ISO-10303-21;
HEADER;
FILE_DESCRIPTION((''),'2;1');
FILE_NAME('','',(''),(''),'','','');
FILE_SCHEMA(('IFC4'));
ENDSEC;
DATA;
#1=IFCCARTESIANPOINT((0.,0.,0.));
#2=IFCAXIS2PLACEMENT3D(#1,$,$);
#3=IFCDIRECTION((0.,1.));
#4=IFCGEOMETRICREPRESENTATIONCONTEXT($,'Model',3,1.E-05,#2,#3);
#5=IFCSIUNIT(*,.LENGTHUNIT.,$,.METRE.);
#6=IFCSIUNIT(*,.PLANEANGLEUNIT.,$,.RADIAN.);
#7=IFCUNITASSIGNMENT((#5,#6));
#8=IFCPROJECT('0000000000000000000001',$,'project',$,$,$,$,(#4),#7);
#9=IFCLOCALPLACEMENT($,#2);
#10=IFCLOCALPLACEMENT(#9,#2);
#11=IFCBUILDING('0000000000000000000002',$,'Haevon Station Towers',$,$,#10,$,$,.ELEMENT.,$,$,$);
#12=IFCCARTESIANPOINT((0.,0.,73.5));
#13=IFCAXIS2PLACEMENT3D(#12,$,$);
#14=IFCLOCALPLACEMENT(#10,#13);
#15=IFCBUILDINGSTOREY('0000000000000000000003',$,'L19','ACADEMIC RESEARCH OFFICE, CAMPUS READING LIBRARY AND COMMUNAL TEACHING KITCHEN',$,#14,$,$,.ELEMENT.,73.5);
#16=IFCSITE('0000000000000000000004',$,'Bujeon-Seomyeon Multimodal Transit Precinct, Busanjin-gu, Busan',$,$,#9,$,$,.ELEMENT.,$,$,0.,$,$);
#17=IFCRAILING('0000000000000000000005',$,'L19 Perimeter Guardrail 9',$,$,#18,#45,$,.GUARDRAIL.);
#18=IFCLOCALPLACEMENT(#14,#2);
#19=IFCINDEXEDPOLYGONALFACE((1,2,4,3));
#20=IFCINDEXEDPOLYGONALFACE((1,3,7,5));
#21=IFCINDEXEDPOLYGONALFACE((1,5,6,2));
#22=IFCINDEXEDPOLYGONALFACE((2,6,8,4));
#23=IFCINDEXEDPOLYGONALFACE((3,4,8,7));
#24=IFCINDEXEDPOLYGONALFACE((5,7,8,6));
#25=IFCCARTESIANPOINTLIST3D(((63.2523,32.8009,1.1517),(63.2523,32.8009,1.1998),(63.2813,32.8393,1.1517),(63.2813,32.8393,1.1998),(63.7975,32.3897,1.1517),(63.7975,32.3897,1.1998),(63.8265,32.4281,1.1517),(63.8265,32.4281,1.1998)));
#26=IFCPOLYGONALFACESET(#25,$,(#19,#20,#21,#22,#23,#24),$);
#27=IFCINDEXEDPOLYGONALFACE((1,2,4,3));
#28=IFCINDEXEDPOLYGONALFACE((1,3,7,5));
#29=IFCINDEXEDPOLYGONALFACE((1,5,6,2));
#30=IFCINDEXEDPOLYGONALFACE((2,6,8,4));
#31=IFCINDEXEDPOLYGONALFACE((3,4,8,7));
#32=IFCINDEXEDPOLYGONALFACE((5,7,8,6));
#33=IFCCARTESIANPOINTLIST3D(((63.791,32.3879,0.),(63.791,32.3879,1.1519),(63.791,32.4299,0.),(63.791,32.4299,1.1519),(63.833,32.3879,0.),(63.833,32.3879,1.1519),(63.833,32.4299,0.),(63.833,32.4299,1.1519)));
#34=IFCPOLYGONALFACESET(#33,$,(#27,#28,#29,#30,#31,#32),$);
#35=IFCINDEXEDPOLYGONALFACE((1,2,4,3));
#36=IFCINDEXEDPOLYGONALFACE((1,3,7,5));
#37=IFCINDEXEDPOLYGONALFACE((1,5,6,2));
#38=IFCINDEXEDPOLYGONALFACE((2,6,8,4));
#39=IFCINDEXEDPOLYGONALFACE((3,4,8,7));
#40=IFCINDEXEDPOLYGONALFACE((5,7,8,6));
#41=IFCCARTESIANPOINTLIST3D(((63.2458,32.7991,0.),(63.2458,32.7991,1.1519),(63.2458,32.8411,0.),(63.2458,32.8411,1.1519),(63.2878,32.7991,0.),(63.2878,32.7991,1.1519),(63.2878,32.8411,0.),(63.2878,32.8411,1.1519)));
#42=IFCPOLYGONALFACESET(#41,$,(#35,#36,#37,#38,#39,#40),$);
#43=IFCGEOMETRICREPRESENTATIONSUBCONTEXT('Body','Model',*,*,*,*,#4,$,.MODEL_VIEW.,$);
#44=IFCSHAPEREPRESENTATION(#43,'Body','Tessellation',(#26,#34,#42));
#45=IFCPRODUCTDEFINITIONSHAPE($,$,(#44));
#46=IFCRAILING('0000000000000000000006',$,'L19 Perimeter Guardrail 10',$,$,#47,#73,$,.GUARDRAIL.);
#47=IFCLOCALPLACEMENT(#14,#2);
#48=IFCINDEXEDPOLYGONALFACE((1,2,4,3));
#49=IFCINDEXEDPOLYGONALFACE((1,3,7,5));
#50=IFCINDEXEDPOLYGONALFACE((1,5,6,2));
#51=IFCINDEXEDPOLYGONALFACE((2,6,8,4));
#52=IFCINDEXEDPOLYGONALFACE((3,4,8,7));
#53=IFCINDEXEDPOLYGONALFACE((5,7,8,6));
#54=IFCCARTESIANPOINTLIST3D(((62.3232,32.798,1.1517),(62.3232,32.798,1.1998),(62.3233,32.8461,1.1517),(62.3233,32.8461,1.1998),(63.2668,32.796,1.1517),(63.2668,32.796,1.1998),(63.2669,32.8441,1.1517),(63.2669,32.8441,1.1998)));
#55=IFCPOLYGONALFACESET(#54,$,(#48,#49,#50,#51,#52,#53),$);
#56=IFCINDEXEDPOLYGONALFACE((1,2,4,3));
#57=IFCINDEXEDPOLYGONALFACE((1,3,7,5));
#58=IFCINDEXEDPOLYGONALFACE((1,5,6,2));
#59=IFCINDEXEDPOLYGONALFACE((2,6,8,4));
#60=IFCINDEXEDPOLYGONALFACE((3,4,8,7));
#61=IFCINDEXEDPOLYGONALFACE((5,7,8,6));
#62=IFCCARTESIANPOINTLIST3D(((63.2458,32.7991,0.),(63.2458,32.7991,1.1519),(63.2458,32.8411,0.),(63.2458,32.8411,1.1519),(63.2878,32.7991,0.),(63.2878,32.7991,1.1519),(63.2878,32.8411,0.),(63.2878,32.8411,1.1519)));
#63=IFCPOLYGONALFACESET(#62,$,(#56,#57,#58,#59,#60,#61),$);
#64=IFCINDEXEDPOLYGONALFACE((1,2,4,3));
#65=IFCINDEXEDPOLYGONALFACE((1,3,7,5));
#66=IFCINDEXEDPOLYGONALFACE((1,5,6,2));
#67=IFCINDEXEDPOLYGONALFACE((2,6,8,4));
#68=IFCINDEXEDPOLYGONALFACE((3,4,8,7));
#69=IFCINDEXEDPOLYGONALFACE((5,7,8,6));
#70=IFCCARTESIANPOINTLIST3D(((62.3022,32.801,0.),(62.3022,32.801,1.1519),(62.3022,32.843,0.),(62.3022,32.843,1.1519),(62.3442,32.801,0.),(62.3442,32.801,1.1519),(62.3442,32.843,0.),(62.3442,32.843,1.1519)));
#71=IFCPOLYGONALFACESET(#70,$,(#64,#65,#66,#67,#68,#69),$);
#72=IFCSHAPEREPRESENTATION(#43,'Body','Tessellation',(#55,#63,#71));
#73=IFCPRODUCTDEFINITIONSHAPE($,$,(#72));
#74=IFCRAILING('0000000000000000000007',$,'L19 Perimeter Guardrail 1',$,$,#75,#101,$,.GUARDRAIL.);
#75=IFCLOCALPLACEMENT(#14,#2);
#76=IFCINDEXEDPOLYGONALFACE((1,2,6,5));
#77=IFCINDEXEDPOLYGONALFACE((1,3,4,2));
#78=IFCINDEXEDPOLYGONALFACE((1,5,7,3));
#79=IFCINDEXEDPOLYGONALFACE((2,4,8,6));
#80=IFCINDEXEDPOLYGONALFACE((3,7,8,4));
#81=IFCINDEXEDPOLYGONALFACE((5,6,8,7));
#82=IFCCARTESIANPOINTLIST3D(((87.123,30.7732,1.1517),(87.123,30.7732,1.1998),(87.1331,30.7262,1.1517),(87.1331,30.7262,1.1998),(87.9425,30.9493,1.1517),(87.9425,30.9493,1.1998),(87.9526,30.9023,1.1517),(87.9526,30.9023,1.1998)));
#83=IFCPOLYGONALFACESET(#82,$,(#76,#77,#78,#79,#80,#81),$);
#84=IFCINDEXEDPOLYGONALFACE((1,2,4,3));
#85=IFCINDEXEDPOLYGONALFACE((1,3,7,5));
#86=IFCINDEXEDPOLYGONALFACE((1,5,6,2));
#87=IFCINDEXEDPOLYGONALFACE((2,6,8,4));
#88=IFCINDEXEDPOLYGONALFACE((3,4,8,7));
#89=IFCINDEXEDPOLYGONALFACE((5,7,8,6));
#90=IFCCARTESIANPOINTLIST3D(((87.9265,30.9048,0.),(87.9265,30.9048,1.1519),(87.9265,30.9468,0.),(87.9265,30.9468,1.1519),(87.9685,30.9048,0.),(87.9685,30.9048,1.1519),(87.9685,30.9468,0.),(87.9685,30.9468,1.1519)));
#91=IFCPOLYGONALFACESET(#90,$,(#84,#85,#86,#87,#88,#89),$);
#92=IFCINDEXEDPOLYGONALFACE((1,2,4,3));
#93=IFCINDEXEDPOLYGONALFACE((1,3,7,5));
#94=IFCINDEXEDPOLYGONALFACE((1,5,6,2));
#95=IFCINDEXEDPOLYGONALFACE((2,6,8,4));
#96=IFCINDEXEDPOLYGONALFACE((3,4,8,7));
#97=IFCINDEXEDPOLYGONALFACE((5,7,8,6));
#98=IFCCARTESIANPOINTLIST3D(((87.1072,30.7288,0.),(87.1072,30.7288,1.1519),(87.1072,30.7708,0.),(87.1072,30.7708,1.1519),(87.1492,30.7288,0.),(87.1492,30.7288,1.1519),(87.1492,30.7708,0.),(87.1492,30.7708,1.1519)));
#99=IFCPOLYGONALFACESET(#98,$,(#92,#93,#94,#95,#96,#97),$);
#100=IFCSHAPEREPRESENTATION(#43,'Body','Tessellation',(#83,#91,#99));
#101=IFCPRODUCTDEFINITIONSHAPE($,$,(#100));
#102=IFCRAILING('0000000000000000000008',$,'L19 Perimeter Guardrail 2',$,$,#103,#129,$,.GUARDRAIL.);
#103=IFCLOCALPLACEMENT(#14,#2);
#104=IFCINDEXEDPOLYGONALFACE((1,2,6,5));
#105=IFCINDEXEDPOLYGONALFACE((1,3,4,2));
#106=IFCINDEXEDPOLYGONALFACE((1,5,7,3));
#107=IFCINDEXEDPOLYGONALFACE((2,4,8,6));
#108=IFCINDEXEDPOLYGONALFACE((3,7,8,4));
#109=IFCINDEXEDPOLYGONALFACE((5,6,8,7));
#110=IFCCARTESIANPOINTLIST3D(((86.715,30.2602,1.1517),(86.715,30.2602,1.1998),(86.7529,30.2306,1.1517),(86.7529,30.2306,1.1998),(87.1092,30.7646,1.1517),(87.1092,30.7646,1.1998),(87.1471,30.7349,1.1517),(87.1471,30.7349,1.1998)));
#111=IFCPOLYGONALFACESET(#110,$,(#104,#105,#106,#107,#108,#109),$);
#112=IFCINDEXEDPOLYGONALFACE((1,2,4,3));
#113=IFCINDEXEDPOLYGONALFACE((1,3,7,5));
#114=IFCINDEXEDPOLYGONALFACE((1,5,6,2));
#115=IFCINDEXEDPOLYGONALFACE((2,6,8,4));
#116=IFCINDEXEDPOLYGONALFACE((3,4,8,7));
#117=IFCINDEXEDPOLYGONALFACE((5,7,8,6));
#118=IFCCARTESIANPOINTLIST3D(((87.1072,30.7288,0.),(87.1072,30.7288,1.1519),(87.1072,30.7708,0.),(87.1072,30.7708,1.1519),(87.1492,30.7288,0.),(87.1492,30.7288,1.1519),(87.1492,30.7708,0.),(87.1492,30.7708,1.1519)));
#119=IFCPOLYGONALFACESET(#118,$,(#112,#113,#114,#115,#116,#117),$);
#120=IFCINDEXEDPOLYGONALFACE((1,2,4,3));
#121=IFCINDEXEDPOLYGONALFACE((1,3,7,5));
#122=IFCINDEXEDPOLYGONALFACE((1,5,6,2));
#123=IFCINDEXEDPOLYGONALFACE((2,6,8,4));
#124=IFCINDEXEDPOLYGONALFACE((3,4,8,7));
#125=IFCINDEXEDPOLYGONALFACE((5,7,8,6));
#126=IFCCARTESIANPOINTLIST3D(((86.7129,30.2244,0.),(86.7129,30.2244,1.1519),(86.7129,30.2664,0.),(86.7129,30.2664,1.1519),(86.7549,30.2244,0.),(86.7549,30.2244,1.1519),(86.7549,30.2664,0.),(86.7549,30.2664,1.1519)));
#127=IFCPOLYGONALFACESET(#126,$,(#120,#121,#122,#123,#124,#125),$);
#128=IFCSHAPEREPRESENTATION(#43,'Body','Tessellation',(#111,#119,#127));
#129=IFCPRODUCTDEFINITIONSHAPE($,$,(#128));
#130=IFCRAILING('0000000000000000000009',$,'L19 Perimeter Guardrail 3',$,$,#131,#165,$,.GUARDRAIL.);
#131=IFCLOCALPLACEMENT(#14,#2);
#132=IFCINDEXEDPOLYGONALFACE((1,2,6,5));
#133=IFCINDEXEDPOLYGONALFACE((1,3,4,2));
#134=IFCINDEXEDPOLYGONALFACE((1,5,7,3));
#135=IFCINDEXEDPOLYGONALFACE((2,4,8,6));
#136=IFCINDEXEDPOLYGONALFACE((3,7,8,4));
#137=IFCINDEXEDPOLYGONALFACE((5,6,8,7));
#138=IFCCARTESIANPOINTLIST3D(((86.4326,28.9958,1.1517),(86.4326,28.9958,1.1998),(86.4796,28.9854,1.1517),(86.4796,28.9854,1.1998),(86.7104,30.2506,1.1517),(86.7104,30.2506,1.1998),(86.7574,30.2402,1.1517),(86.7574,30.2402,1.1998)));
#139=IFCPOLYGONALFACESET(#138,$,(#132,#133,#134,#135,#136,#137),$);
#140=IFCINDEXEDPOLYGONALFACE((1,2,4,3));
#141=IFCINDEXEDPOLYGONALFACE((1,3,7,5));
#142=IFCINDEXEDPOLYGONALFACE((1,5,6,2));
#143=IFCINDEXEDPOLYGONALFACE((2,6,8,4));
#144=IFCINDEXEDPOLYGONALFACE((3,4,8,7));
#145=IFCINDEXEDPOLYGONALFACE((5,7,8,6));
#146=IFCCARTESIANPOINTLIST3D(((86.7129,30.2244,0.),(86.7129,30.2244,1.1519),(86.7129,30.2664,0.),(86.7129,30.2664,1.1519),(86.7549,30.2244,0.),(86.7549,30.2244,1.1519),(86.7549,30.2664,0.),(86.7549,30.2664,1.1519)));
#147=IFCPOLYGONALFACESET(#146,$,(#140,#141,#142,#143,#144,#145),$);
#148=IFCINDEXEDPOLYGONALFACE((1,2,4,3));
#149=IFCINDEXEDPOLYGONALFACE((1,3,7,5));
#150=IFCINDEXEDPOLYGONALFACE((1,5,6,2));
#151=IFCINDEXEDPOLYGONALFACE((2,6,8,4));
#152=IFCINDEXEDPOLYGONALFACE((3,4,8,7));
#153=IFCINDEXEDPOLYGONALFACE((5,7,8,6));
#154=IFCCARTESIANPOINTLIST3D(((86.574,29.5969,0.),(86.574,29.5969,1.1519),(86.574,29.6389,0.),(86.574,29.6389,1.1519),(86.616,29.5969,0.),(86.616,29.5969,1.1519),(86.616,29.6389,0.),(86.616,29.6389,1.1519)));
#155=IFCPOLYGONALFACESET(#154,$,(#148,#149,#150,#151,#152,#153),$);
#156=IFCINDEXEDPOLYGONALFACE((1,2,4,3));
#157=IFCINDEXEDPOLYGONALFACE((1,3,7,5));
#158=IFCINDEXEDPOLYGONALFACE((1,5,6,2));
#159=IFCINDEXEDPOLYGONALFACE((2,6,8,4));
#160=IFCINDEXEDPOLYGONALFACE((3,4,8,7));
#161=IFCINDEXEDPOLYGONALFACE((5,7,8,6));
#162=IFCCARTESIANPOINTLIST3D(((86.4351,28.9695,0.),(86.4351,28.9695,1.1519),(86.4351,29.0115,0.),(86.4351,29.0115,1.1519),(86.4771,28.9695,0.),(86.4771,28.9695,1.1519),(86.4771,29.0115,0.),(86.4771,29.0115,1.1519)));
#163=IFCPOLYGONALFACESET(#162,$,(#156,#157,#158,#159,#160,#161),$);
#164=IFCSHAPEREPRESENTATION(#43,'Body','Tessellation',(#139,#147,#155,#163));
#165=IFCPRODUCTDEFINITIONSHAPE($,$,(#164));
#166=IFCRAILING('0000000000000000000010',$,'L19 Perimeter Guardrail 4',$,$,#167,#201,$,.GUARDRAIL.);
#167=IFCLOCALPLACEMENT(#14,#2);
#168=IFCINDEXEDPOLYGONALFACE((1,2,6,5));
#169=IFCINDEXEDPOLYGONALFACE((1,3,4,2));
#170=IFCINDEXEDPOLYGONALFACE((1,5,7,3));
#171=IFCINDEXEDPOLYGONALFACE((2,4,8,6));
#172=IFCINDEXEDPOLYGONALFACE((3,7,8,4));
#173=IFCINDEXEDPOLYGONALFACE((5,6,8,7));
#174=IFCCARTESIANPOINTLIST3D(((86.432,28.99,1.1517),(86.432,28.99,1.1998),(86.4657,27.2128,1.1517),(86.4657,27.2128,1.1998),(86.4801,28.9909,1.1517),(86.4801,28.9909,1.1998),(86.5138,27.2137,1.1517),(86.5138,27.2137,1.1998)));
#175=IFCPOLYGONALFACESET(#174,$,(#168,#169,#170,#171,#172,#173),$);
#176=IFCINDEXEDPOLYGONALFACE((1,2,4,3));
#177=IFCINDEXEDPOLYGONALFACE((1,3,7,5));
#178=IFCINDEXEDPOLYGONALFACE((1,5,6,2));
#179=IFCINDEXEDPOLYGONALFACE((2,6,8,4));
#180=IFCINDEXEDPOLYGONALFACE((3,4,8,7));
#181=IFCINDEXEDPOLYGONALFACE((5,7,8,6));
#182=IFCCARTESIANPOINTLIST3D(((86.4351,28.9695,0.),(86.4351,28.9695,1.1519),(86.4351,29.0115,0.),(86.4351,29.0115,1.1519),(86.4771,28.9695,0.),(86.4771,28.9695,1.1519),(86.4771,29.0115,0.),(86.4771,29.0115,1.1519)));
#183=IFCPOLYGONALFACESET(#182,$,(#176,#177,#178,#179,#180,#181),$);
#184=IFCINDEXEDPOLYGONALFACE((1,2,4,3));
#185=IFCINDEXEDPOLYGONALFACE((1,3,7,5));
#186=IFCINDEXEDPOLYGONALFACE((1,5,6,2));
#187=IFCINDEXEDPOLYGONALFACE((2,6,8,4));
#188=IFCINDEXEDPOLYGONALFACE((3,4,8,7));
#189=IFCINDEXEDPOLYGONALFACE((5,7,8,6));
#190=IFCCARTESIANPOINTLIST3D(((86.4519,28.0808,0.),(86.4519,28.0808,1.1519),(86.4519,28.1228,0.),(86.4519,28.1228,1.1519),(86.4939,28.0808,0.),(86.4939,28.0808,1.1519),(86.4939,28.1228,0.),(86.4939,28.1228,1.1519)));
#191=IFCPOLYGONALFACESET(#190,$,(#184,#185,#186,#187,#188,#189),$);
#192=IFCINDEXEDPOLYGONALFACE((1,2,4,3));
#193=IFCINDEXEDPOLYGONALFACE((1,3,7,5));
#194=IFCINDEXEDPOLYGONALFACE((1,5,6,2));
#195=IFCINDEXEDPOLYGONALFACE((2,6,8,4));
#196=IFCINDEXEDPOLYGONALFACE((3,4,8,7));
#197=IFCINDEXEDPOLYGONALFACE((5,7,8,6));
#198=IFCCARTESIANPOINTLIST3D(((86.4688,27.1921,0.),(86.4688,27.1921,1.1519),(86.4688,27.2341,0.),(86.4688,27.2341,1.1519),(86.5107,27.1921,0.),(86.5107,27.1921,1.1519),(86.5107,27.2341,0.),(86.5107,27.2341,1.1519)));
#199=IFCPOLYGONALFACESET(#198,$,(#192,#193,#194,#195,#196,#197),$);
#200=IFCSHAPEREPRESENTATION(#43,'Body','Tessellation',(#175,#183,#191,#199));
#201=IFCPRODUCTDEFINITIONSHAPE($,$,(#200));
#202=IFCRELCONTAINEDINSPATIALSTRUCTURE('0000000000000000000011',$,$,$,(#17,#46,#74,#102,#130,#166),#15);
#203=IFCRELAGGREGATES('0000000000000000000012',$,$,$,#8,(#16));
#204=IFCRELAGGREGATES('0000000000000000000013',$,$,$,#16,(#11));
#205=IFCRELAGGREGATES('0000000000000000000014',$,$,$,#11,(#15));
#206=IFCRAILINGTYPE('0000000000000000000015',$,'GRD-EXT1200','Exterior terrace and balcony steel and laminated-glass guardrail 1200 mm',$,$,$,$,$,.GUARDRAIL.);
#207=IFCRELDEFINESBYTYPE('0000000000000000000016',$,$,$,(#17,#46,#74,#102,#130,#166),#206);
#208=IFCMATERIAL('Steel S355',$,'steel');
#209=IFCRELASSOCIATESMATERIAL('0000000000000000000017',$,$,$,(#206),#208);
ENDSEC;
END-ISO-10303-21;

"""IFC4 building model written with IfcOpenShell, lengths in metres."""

from ifc_helpers import new_model, si_unit, direction, frame, origin, origin_2d, place, context, subcontext, project, spatial, rectangle, extrude, material, type_object, element, save


model = new_model("IFC4")

# Units and contexts
model_context = context("Model", 3, precision=1e-05, world=origin(), true_north=direction((0.0, 1.0)))
body_context = subcontext(model_context, "Body", "Model", "MODEL_VIEW")
ifc_project = project(units=[si_unit("LENGTHUNIT", "METRE"), si_unit("PLANEANGLEUNIT", "RADIAN")], contexts=[model_context])

# Site, building, storey
site_placement = place(None, origin())
site = spatial("IfcSite", under=ifc_project, at=site_placement, Name="Bujeon-Seomyeon Multimodal Transit Precinct, Busanjin-gu, Busan", CompositionType="ELEMENT", RefElevation=0.0)
building_placement = place(site_placement, origin())
building = spatial("IfcBuilding", under=site, at=building_placement, Name="Haevon Station Towers", CompositionType="ELEMENT")
storey_placement = place(building_placement, frame((0.0, 0.0, 73.5)))
storey = spatial("IfcBuildingStorey", under=building, at=storey_placement, Name="L19", Description="ACADEMIC RESEARCH OFFICE, CAMPUS READING LIBRARY AND COMMUNAL TEACHING KITCHEN", CompositionType="ELEMENT", Elevation=73.5)

# Shared definitions
ifc_material_1 = material(Name="Steel S355", Category="steel")

# Railings
railing_type = type_object("IfcRailingType", Name="GRD-EXT1200", Description="Exterior terrace and balcony steel and laminated-glass guardrail 1200 mm", PredefinedType="GUARDRAIL", material=ifc_material_1)
railing_1_placement = place(storey_placement, frame((63.812, 32.4089, 0.0)))
element("IfcRailing", 1, at=railing_1_placement, inside=storey, type_object=railing_type, Name="L19 Perimeter Guardrail 9", PredefinedType="GUARDRAIL", context=body_context, shape_type="SweptSolid", body=[
    extrude(rectangle(XDim=0.0481, YDim=0.0481, at=origin_2d()), frame((0.0, 0.0, 1.1758), z_axis=(-0.79841, 0.602115, 0.0), x_axis=(-0.602115, -0.79841, 0.0)), (0.0, 0.0, 1.0), 0.6829),
    extrude(rectangle(XDim=0.042, YDim=0.042, at=origin_2d()), origin(), (0.0, 0.0, 1.0), 1.1519),
    extrude(rectangle(XDim=0.042, YDim=0.042, at=origin_2d()), frame((-0.5452, 0.4111, 0.0)), (0.0, 0.0, 1.0), 1.1519),
])
railing_2_placement = place(storey_placement, frame((63.2668, 32.8201, 0.0)))
element("IfcRailing", 2, at=railing_2_placement, inside=storey, type_object=railing_type, Name="L19 Perimeter Guardrail 10", PredefinedType="GUARDRAIL", context=body_context, shape_type="SweptSolid", body=[
    extrude(rectangle(XDim=0.0481, YDim=0.0481, at=origin_2d()), frame((0.0, 0.0, 1.1758), z_axis=(-0.999998, 0.00207, 0.0), x_axis=(-0.00207, -0.999998, 0.0)), (0.0, 0.0, 1.0), 0.9436),
    extrude(rectangle(XDim=0.042, YDim=0.042, at=origin_2d()), origin(), (0.0, 0.0, 1.0), 1.1519),
    extrude(rectangle(XDim=0.042, YDim=0.042, at=origin_2d()), frame((-0.9436, 0.002, 0.0)), (0.0, 0.0, 1.0), 1.1519),
])
railing_3_placement = place(storey_placement, frame((87.9475, 30.9258, 0.0)))
element("IfcRailing", 3, at=railing_3_placement, inside=storey, type_object=railing_type, Name="L19 Perimeter Guardrail 1", PredefinedType="GUARDRAIL", context=body_context, shape_type="SweptSolid", body=[
    extrude(rectangle(XDim=0.0481, YDim=0.0481, at=origin_2d()), frame((0.0, 0.0, 1.1758), z_axis=(-0.977691, -0.210046, 0.0), x_axis=(0.210046, -0.977691, 0.0)), (0.0, 0.0, 1.0), 0.8381),
    extrude(rectangle(XDim=0.042, YDim=0.042, at=origin_2d()), origin(), (0.0, 0.0, 1.0), 1.1519),
    extrude(rectangle(XDim=0.042, YDim=0.042, at=origin_2d()), frame((-0.8193, -0.176, 0.0)), (0.0, 0.0, 1.0), 1.1519),
])
railing_4_placement = place(storey_placement, frame((87.1282, 30.7498, 0.0)))
element("IfcRailing", 4, at=railing_4_placement, inside=storey, type_object=railing_type, Name="L19 Perimeter Guardrail 2", PredefinedType="GUARDRAIL", context=body_context, shape_type="SweptSolid", body=[
    extrude(rectangle(XDim=0.0481, YDim=0.0481, at=origin_2d()), frame((0.0, 0.0, 1.1758), z_axis=(-0.615866, -0.787851, 0.0), x_axis=(0.787851, -0.615866, 0.0)), (0.0, 0.0, 1.0), 0.6401),
    extrude(rectangle(XDim=0.042, YDim=0.042, at=origin_2d()), origin(), (0.0, 0.0, 1.0), 1.1519),
    extrude(rectangle(XDim=0.042, YDim=0.042, at=origin_2d()), frame((-0.3943, -0.5044, 0.0)), (0.0, 0.0, 1.0), 1.1519),
])
railing_5_placement = place(storey_placement, frame((86.7339, 30.2454, 0.0)))
element("IfcRailing", 5, at=railing_5_placement, inside=storey, type_object=railing_type, Name="L19 Perimeter Guardrail 3", PredefinedType="GUARDRAIL", context=body_context, shape_type="SweptSolid", body=[
    extrude(rectangle(XDim=0.0481, YDim=0.0481, at=origin_2d()), frame((0.0, 0.0, 1.1758), z_axis=(-0.216166, -0.976357, 0.0), x_axis=(0.976357, -0.216166, 0.0)), (0.0, 0.0, 1.0), 1.2852),
    extrude(rectangle(XDim=0.042, YDim=0.042, at=origin_2d()), origin(), (0.0, 0.0, 1.0), 1.1519),
    extrude(rectangle(XDim=0.042, YDim=0.042, at=origin_2d()), frame((-0.1389, -0.6274, 0.0)), (0.0, 0.0, 1.0), 1.1519),
    extrude(rectangle(XDim=0.042, YDim=0.042, at=origin_2d()), frame((-0.2778, -1.2549, 0.0)), (0.0, 0.0, 1.0), 1.1519),
])
railing_6_placement = place(storey_placement, frame((86.4561, 28.9905, 0.0)))
element("IfcRailing", 6, at=railing_6_placement, inside=storey, type_object=railing_type, Name="L19 Perimeter Guardrail 4", PredefinedType="GUARDRAIL", context=body_context, shape_type="SweptSolid", body=[
    extrude(rectangle(XDim=0.0481, YDim=0.0481, at=origin_2d()), frame((0.0, 0.0, 1.1758), z_axis=(0.018953, -0.99982, 0.0), x_axis=(0.99982, 0.018953, 0.0)), (0.0, 0.0, 1.0), 1.7776),
    extrude(rectangle(XDim=0.042, YDim=0.042, at=origin_2d()), origin(), (0.0, 0.0, 1.0), 1.1519),
    extrude(rectangle(XDim=0.042, YDim=0.042, at=origin_2d()), frame((0.0168, -0.8887, 0.0)), (0.0, 0.0, 1.0), 1.1519),
    extrude(rectangle(XDim=0.042, YDim=0.042, at=origin_2d()), frame((0.0337, -1.7773, 0.0)), (0.0, 0.0, 1.0), 1.1519),
])

save(model, "model.ifc")
